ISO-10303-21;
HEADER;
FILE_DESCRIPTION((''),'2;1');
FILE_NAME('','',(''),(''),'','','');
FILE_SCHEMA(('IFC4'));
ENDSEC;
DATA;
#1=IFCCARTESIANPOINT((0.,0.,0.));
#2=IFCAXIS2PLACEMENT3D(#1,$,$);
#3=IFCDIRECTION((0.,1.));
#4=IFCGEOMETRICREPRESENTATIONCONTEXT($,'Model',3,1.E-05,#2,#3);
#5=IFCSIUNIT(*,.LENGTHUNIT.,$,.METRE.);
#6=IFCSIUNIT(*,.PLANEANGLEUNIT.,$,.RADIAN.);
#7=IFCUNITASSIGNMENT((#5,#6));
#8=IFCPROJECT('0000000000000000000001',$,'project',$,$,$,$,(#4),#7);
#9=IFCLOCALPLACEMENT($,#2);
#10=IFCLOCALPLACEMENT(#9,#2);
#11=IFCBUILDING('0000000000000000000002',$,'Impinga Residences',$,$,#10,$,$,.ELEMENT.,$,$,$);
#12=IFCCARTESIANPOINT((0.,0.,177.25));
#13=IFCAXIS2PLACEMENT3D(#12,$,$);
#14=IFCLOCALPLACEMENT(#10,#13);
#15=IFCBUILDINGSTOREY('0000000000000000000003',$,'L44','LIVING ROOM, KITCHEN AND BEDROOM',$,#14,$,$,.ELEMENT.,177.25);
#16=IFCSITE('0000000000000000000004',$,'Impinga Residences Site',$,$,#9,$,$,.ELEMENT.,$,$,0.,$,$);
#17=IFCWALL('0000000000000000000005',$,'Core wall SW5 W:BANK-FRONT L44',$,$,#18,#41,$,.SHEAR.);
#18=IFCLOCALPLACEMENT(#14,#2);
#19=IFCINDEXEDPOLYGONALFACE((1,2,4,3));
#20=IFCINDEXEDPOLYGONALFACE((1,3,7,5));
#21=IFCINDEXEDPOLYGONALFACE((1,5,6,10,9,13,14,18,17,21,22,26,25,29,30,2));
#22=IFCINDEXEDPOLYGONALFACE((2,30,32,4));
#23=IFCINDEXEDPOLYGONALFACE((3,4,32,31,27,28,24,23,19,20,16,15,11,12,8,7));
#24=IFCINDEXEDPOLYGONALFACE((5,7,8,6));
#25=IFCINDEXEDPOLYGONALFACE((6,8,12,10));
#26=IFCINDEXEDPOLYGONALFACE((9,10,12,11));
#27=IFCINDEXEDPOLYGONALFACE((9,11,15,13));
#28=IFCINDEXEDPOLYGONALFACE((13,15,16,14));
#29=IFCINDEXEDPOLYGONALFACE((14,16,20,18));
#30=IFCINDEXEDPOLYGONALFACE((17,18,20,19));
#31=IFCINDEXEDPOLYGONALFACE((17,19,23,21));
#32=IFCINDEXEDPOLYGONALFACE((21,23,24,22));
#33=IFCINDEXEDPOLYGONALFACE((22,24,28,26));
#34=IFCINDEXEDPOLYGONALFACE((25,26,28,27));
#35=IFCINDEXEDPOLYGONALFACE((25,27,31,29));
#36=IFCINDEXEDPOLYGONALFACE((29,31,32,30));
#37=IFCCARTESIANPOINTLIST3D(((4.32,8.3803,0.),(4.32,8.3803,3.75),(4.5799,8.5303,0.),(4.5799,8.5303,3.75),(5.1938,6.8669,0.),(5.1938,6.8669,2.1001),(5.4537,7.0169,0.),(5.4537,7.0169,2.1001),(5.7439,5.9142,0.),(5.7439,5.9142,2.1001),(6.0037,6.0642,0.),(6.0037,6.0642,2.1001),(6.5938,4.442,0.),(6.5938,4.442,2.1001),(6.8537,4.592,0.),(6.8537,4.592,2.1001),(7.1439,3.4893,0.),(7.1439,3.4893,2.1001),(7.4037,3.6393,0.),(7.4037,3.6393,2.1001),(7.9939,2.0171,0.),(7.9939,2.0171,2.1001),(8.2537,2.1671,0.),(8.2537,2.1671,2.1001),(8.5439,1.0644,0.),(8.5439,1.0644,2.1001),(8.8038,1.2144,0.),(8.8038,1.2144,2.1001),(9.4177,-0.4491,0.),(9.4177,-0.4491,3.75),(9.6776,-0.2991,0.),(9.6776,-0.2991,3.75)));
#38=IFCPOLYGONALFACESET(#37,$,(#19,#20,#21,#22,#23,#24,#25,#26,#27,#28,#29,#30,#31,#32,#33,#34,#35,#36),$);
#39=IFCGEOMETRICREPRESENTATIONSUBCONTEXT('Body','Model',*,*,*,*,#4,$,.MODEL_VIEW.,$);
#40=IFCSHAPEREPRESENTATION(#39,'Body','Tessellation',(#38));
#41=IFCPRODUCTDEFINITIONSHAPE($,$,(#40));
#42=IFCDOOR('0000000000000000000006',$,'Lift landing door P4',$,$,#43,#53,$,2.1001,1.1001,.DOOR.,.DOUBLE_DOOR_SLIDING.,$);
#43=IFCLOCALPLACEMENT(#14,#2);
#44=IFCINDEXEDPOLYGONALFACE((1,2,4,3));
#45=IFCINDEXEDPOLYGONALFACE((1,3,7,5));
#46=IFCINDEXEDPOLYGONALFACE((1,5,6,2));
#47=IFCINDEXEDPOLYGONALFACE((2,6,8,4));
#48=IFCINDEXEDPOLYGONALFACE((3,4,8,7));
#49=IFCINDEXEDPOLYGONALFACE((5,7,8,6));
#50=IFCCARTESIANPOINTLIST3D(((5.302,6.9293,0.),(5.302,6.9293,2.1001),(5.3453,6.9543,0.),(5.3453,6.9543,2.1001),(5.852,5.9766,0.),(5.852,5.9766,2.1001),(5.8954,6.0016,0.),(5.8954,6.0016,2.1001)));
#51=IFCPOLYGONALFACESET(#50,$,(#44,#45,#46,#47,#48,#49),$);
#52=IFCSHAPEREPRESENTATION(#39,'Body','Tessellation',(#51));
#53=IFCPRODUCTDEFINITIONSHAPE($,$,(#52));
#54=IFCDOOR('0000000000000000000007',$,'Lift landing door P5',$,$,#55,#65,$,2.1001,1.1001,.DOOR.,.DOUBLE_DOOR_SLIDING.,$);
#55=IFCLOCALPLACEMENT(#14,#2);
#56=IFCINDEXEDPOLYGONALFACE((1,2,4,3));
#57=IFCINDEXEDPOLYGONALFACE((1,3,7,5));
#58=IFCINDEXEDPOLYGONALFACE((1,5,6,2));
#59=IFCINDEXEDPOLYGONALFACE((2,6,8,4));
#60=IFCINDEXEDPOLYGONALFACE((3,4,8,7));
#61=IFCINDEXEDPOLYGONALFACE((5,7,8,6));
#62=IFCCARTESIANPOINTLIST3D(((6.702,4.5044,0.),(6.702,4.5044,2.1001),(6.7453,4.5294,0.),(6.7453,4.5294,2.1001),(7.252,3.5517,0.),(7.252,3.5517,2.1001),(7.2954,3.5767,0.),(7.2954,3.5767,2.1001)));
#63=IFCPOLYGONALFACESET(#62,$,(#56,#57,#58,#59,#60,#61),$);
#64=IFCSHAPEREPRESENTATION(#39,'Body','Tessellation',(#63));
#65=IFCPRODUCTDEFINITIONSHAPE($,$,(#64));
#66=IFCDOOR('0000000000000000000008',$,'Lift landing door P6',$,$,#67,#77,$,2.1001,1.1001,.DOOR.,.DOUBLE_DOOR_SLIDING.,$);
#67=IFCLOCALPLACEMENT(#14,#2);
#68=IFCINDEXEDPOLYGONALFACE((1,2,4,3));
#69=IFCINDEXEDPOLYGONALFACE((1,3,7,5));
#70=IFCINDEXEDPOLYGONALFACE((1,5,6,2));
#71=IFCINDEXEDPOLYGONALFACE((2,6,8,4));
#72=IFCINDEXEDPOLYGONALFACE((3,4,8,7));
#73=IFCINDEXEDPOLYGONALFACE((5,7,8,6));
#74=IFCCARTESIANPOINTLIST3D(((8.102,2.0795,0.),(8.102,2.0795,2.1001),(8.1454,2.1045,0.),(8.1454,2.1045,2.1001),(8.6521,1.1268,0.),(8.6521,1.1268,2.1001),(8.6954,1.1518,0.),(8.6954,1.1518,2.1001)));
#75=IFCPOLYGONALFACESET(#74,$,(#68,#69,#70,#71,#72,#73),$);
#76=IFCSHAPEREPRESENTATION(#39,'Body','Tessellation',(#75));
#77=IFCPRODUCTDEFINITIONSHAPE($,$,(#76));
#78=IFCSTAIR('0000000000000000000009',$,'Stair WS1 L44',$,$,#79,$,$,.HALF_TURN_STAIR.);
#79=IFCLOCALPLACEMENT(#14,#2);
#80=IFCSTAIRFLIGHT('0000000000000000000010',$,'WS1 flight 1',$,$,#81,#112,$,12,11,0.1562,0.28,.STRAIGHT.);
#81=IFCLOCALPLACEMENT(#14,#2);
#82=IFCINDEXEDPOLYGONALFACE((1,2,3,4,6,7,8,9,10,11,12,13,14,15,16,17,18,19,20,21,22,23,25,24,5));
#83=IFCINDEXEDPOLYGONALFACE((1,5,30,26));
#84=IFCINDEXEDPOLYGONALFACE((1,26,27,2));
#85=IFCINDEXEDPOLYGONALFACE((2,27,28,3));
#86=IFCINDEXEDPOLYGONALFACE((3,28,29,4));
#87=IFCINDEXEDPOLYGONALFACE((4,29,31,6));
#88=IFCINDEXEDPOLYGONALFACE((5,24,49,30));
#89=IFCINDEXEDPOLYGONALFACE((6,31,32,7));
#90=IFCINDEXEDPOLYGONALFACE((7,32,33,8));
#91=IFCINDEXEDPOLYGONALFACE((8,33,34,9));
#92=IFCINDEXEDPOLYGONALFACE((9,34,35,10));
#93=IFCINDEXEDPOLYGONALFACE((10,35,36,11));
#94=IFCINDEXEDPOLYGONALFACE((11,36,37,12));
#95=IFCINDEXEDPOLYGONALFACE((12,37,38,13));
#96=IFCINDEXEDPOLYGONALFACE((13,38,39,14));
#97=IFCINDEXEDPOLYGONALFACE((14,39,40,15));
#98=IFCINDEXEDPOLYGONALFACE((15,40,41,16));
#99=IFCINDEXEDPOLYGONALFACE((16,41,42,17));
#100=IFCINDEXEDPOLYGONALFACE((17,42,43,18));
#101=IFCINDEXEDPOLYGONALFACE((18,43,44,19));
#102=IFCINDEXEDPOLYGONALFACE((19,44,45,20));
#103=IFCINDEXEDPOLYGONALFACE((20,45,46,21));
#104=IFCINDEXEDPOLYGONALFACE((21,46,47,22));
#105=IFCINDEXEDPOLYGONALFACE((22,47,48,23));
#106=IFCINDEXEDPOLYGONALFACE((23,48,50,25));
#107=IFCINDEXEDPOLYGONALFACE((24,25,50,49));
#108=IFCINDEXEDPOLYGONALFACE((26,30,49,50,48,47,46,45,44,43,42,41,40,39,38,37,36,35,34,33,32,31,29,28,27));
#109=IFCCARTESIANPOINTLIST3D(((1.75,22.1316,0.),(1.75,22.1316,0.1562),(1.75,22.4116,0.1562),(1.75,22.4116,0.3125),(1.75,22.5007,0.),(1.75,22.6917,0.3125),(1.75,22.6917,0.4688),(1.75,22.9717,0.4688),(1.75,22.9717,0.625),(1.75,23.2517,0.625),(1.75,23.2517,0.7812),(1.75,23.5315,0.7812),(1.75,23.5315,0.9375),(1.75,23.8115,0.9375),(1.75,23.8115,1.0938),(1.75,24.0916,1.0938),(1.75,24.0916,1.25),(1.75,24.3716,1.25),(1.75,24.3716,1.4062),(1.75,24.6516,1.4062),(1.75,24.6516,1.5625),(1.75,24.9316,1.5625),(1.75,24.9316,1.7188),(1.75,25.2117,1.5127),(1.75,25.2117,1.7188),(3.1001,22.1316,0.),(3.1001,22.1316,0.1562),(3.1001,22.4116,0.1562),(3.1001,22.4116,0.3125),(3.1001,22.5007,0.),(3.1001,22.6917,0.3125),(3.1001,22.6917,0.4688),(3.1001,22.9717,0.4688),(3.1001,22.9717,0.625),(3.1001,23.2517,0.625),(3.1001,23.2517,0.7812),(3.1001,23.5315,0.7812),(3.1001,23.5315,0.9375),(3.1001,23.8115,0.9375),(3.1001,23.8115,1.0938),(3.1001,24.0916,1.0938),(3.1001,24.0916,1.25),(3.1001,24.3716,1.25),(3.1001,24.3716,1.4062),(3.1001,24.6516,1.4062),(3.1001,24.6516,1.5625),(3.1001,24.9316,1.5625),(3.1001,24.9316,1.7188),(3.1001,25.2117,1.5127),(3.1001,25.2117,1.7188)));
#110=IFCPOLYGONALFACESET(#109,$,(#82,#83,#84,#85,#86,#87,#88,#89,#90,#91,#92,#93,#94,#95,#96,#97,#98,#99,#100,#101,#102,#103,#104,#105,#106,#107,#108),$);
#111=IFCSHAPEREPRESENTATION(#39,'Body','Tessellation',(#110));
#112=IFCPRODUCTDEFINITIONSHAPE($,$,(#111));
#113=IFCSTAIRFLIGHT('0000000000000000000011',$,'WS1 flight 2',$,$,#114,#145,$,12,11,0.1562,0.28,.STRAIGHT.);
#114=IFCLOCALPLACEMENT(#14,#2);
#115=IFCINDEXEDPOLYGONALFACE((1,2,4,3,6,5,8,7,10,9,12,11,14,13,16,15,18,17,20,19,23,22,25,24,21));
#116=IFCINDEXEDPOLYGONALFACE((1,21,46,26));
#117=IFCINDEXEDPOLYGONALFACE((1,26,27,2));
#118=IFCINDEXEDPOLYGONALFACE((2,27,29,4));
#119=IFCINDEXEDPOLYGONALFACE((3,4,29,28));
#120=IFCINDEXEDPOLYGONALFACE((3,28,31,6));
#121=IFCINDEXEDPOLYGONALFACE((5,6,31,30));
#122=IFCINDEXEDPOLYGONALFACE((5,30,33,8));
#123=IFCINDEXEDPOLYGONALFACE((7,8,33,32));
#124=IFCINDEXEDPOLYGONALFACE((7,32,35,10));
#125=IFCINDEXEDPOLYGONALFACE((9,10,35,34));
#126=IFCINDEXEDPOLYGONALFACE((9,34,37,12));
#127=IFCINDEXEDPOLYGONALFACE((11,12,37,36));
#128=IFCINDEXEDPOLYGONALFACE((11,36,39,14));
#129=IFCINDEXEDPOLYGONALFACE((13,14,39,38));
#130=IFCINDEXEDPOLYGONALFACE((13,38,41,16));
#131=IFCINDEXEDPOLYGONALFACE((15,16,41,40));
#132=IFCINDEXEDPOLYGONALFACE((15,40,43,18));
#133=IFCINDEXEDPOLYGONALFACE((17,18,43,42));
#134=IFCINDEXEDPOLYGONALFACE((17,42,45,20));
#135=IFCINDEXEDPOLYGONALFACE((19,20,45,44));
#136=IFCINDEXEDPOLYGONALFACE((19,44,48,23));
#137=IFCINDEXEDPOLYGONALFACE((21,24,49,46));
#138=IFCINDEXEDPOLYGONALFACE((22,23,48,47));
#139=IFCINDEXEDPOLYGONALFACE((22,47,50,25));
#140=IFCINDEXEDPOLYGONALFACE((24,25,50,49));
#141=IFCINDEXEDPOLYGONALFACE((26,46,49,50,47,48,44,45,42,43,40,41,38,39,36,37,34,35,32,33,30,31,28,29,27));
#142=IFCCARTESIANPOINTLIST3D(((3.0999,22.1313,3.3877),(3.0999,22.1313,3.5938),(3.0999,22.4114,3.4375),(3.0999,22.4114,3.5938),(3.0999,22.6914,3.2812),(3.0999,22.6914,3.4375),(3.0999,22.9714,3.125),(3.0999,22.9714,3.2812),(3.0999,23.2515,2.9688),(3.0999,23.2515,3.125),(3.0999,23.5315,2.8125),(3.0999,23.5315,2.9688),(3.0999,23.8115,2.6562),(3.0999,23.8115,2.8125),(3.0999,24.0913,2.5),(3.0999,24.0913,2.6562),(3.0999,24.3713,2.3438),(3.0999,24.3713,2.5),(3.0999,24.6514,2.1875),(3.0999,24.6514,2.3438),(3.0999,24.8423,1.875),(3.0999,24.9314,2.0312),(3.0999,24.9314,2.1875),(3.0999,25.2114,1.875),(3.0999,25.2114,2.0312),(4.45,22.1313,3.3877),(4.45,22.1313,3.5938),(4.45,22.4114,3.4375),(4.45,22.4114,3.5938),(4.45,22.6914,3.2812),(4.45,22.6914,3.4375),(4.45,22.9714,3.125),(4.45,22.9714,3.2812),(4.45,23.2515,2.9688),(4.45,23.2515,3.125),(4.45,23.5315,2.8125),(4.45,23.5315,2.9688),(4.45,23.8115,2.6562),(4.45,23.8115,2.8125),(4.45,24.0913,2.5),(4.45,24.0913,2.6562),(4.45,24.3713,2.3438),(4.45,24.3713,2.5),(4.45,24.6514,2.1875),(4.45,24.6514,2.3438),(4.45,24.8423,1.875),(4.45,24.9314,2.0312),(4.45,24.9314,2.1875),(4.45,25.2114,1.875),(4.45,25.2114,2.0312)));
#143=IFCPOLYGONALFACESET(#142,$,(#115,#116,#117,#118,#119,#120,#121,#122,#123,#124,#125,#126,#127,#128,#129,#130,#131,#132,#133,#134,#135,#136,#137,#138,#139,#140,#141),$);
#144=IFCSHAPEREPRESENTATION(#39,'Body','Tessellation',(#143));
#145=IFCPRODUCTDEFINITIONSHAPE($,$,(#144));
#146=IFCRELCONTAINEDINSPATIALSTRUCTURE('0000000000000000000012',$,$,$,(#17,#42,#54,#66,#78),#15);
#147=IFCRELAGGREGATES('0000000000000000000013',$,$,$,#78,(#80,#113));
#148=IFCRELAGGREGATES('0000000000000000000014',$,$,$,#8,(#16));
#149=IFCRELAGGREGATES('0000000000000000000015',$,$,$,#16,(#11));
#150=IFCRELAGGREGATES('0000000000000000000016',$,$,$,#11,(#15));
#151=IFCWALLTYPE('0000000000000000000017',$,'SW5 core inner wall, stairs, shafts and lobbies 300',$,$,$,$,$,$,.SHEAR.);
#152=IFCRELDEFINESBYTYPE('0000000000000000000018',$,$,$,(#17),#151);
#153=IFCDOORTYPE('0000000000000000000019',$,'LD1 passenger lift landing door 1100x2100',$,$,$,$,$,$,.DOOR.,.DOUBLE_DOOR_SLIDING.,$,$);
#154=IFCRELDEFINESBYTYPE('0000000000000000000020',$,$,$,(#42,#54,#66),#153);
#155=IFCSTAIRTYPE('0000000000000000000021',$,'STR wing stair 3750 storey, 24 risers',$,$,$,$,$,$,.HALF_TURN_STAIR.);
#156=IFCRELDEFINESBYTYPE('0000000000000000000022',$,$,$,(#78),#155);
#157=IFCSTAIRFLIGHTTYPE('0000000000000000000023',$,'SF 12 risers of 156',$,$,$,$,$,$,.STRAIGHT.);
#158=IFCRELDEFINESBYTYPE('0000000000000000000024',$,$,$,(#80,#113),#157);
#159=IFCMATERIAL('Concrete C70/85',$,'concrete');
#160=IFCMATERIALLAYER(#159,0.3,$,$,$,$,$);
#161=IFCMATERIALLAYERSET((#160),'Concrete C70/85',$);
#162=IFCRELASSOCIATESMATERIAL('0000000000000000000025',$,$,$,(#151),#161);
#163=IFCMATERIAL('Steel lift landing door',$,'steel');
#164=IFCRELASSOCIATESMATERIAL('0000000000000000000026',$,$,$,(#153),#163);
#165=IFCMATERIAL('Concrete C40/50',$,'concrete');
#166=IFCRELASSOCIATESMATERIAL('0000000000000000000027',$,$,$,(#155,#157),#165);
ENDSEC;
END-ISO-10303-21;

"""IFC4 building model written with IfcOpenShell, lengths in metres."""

from ifc_helpers import new_model, si_unit, direction, frame, frame_2d, origin, place, context, subcontext, project, spatial, polyline, rectangle, outline, extrude, material, layer, layer_set, type_object, element, fill, aggregate, save


model = new_model("IFC4")

# Units and contexts
model_context = context("Model", 3, precision=1e-05, world=origin(), true_north=direction((0.0, 1.0)))
body_context = subcontext(model_context, "Body", "Model", "MODEL_VIEW")
ifc_project = project(units=[si_unit("LENGTHUNIT", "METRE"), si_unit("PLANEANGLEUNIT", "RADIAN")], contexts=[model_context])

# Site, building, storey
site_placement = place(None, origin())
site = spatial("IfcSite", under=ifc_project, at=site_placement, Name="Impinga Residences Site", CompositionType="ELEMENT", RefElevation=0.0)
building_placement = place(site_placement, origin())
building = spatial("IfcBuilding", under=site, at=building_placement, Name="Impinga Residences", CompositionType="ELEMENT")
storey_placement = place(building_placement, frame((0.0, 0.0, 177.25)))
storey = spatial("IfcBuildingStorey", under=building, at=storey_placement, Name="L44", Description="LIVING ROOM, KITCHEN AND BEDROOM", CompositionType="ELEMENT", Elevation=177.25)

# Wall, openings, doors
ifc_material_1 = material(Name="Concrete C70/85", Category="concrete")
ifc_layer_1 = layer(ifc_material_1, 0.3)
ifc_layer_set_1 = layer_set([ifc_layer_1], Name="Concrete C70/85")
wall_type_1 = type_object("IfcWallType", Name="SW5 core inner wall, stairs, shafts and lobbies 300", PredefinedType="SHEAR", material=ifc_layer_set_1)
wall_1_placement = place(storey_placement, frame((4.45, 8.4553, 0.0), z_axis=(0.0, 0.0, 1.0), x_axis=(0.500002, -0.866024, 0.0)))
wall_1 = element("IfcWall", 1, at=wall_1_placement, inside=storey, type_object=wall_type_1, Name="Core wall SW5 W:BANK-FRONT L44", PredefinedType="SHEAR", context=body_context, shape_type="SweptSolid", body=[
    extrude(rectangle(XDim=10.1953, YDim=0.3, at=frame_2d((5.0977, 0.0))), origin(), (0.0, 0.0, 1.0), 3.75),
])
opening_1_placement = place(wall_1_placement, frame((1.7476, 0.0, 0.0)))
opening_1 = element("IfcOpeningElement", 2, at=opening_1_placement, cuts=wall_1, PredefinedType="OPENING", context=body_context, shape_type="SweptSolid", body=[
    extrude(rectangle(XDim=1.1001, YDim=2.1001, at=frame_2d((0.55, 1.05))), frame((0.0, 0.1599, 0.0), z_axis=(0.0, -1.0, 0.0), x_axis=(1.0, 0.0, 0.0)), (0.0, 0.0, 1.0), 0.3201),
])
opening_2_placement = place(wall_1_placement, frame((4.5476, 0.0, 0.0)))
opening_2 = element("IfcOpeningElement", 3, at=opening_2_placement, cuts=wall_1, PredefinedType="OPENING", context=body_context, shape_type="SweptSolid", body=[
    extrude(rectangle(XDim=1.1001, YDim=2.1001, at=frame_2d((0.55, 1.05))), frame((0.0, 0.1599, 0.0), z_axis=(0.0, -1.0, 0.0), x_axis=(1.0, 0.0, 0.0)), (0.0, 0.0, 1.0), 0.3201),
])
opening_3_placement = place(wall_1_placement, frame((7.3477, 0.0, 0.0)))
opening_3 = element("IfcOpeningElement", 4, at=opening_3_placement, cuts=wall_1, PredefinedType="OPENING", context=body_context, shape_type="SweptSolid", body=[
    extrude(rectangle(XDim=1.1001, YDim=2.1001, at=frame_2d((0.55, 1.05))), frame((0.0, 0.1599, 0.0), z_axis=(0.0, -1.0, 0.0), x_axis=(1.0, 0.0, 0.0)), (0.0, 0.0, 1.0), 0.3201),
])
ifc_material_2 = material(Name="Steel lift landing door", Category="steel")
door_type_1 = type_object("IfcDoorType", Name="LD1 passenger lift landing door 1100x2100", OperationType="DOUBLE_DOOR_SLIDING", PredefinedType="DOOR", material=ifc_material_2)
door_1_placement = place(opening_1_placement, origin())
door_1 = element("IfcDoor", 5, at=door_1_placement, inside=storey, type_object=door_type_1, Name="Lift landing door P4", OperationType="DOUBLE_DOOR_SLIDING", OverallHeight=2.1001, OverallWidth=1.1001, PredefinedType="DOOR", context=body_context, shape_type="SweptSolid", body=[
    extrude(rectangle(XDim=1.1001, YDim=2.1001, at=frame_2d((0.55, 1.05))), frame((0.0, 0.0249, 0.0), z_axis=(0.0, -1.0, 0.0), x_axis=(1.0, 0.0, 0.0)), (0.0, 0.0, 1.0), 0.05),
])
fill(opening_1, door_1)
door_2_placement = place(opening_2_placement, origin())
door_2 = element("IfcDoor", 6, at=door_2_placement, inside=storey, type_object=door_type_1, Name="Lift landing door P5", OperationType="DOUBLE_DOOR_SLIDING", OverallHeight=2.1001, OverallWidth=1.1001, PredefinedType="DOOR", context=body_context, shape_type="SweptSolid", body=[
    extrude(rectangle(XDim=1.1001, YDim=2.1001, at=frame_2d((0.55, 1.05))), frame((0.0, 0.0249, 0.0), z_axis=(0.0, -1.0, 0.0), x_axis=(1.0, 0.0, 0.0)), (0.0, 0.0, 1.0), 0.05),
])
fill(opening_2, door_2)
door_3_placement = place(opening_3_placement, origin())
door_3 = element("IfcDoor", 7, at=door_3_placement, inside=storey, type_object=door_type_1, Name="Lift landing door P6", OperationType="DOUBLE_DOOR_SLIDING", OverallHeight=2.1001, OverallWidth=1.1001, PredefinedType="DOOR", context=body_context, shape_type="SweptSolid", body=[
    extrude(rectangle(XDim=1.1001, YDim=2.1001, at=frame_2d((0.55, 1.05))), frame((0.0, 0.0249, 0.0), z_axis=(0.0, -1.0, 0.0), x_axis=(1.0, 0.0, 0.0)), (0.0, 0.0, 1.0), 0.05),
])
fill(opening_3, door_3)

# Stair, stair flights
ifc_material_3 = material(Name="Concrete C40/50", Category="concrete")
stair_type = type_object("IfcStairType", Name="STR wing stair 3750 storey, 24 risers", PredefinedType="HALF_TURN_STAIR", material=ifc_material_3)
stair_placement = place(storey_placement, origin())
stair = element("IfcStair", 8, at=stair_placement, inside=storey, type_object=stair_type, Name="Stair WS1 L44", PredefinedType="HALF_TURN_STAIR")
stair_flight_type = type_object("IfcStairFlightType", Name="SF 12 risers of 156", PredefinedType="STRAIGHT", material=ifc_material_3)
stair_flight_1_placement = place(storey_placement, frame((2.425, 22.1316, 0.0), z_axis=(0.0, 0.0, 1.0), x_axis=(0.0, 1.0, 0.0)))
stair_flight_1 = element("IfcStairFlight", 9, at=stair_flight_1_placement, type_object=stair_flight_type, Name="WS1 flight 1", NumberOfRisers=12, NumberOfTreads=11, PredefinedType="STRAIGHT", RiserHeight=0.1562, TreadLength=0.28, context=body_context, shape_type="SweptSolid", body=[
    extrude(outline(polyline([(0.0, 0.0), (0.0, 0.1562), (0.28, 0.1562), (0.28, 0.3125), (0.5601, 0.3125), (0.5601, 0.4688), (0.8401, 0.4688), (0.8401, 0.625), (1.1201, 0.625), (1.1201, 0.7812), (1.3999, 0.7812), (1.3999, 0.9375), (1.6799, 0.9375), (1.6799, 1.0938), (1.96, 1.0938), (1.96, 1.25), (2.24, 1.25), (2.24, 1.4062), (2.52, 1.4062), (2.52, 1.5625), (2.8, 1.5625), (2.8, 1.7188), (3.0801, 1.7188), (3.0801, 1.875), (3.0801, 1.5127), (0.3691, 0.0), (0.0, 0.0)])), frame((0.0, 0.675, 0.0), z_axis=(0.0, -1.0, 0.0), x_axis=(1.0, 0.0, 0.0)), (0.0, 0.0, 1.0), 1.3501),
])
stair_flight_2_placement = place(storey_placement, frame((3.7749, 25.2114, 1.875), z_axis=(0.0, 0.0, 1.0), x_axis=(0.0, -1.0, 0.0)))
stair_flight_2 = element("IfcStairFlight", 10, at=stair_flight_2_placement, type_object=stair_flight_type, Name="WS1 flight 2", NumberOfRisers=12, NumberOfTreads=11, PredefinedType="STRAIGHT", RiserHeight=0.1562, TreadLength=0.28, context=body_context, shape_type="SweptSolid", body=[
    extrude(outline(polyline([(0.0, 0.0), (0.0, 0.1562), (0.28, 0.1562), (0.28, 0.3125), (0.5601, 0.3125), (0.5601, 0.4688), (0.8401, 0.4688), (0.8401, 0.625), (1.1201, 0.625), (1.1201, 0.7812), (1.3999, 0.7812), (1.3999, 0.9375), (1.6799, 0.9375), (1.6799, 1.0938), (1.96, 1.0938), (1.96, 1.25), (2.24, 1.25), (2.24, 1.4062), (2.52, 1.4062), (2.52, 1.5625), (2.8, 1.5625), (2.8, 1.7188), (3.0801, 1.7188), (3.0801, 1.875), (3.0801, 1.5127), (0.3691, 0.0), (0.0, 0.0)])), frame((0.0, 0.675, 0.0), z_axis=(0.0, -1.0, 0.0), x_axis=(1.0, 0.0, 0.0)), (0.0, 0.0, 1.0), 1.3501),
])
aggregate(stair, [stair_flight_1, stair_flight_2])

save(model, "model.ifc")
